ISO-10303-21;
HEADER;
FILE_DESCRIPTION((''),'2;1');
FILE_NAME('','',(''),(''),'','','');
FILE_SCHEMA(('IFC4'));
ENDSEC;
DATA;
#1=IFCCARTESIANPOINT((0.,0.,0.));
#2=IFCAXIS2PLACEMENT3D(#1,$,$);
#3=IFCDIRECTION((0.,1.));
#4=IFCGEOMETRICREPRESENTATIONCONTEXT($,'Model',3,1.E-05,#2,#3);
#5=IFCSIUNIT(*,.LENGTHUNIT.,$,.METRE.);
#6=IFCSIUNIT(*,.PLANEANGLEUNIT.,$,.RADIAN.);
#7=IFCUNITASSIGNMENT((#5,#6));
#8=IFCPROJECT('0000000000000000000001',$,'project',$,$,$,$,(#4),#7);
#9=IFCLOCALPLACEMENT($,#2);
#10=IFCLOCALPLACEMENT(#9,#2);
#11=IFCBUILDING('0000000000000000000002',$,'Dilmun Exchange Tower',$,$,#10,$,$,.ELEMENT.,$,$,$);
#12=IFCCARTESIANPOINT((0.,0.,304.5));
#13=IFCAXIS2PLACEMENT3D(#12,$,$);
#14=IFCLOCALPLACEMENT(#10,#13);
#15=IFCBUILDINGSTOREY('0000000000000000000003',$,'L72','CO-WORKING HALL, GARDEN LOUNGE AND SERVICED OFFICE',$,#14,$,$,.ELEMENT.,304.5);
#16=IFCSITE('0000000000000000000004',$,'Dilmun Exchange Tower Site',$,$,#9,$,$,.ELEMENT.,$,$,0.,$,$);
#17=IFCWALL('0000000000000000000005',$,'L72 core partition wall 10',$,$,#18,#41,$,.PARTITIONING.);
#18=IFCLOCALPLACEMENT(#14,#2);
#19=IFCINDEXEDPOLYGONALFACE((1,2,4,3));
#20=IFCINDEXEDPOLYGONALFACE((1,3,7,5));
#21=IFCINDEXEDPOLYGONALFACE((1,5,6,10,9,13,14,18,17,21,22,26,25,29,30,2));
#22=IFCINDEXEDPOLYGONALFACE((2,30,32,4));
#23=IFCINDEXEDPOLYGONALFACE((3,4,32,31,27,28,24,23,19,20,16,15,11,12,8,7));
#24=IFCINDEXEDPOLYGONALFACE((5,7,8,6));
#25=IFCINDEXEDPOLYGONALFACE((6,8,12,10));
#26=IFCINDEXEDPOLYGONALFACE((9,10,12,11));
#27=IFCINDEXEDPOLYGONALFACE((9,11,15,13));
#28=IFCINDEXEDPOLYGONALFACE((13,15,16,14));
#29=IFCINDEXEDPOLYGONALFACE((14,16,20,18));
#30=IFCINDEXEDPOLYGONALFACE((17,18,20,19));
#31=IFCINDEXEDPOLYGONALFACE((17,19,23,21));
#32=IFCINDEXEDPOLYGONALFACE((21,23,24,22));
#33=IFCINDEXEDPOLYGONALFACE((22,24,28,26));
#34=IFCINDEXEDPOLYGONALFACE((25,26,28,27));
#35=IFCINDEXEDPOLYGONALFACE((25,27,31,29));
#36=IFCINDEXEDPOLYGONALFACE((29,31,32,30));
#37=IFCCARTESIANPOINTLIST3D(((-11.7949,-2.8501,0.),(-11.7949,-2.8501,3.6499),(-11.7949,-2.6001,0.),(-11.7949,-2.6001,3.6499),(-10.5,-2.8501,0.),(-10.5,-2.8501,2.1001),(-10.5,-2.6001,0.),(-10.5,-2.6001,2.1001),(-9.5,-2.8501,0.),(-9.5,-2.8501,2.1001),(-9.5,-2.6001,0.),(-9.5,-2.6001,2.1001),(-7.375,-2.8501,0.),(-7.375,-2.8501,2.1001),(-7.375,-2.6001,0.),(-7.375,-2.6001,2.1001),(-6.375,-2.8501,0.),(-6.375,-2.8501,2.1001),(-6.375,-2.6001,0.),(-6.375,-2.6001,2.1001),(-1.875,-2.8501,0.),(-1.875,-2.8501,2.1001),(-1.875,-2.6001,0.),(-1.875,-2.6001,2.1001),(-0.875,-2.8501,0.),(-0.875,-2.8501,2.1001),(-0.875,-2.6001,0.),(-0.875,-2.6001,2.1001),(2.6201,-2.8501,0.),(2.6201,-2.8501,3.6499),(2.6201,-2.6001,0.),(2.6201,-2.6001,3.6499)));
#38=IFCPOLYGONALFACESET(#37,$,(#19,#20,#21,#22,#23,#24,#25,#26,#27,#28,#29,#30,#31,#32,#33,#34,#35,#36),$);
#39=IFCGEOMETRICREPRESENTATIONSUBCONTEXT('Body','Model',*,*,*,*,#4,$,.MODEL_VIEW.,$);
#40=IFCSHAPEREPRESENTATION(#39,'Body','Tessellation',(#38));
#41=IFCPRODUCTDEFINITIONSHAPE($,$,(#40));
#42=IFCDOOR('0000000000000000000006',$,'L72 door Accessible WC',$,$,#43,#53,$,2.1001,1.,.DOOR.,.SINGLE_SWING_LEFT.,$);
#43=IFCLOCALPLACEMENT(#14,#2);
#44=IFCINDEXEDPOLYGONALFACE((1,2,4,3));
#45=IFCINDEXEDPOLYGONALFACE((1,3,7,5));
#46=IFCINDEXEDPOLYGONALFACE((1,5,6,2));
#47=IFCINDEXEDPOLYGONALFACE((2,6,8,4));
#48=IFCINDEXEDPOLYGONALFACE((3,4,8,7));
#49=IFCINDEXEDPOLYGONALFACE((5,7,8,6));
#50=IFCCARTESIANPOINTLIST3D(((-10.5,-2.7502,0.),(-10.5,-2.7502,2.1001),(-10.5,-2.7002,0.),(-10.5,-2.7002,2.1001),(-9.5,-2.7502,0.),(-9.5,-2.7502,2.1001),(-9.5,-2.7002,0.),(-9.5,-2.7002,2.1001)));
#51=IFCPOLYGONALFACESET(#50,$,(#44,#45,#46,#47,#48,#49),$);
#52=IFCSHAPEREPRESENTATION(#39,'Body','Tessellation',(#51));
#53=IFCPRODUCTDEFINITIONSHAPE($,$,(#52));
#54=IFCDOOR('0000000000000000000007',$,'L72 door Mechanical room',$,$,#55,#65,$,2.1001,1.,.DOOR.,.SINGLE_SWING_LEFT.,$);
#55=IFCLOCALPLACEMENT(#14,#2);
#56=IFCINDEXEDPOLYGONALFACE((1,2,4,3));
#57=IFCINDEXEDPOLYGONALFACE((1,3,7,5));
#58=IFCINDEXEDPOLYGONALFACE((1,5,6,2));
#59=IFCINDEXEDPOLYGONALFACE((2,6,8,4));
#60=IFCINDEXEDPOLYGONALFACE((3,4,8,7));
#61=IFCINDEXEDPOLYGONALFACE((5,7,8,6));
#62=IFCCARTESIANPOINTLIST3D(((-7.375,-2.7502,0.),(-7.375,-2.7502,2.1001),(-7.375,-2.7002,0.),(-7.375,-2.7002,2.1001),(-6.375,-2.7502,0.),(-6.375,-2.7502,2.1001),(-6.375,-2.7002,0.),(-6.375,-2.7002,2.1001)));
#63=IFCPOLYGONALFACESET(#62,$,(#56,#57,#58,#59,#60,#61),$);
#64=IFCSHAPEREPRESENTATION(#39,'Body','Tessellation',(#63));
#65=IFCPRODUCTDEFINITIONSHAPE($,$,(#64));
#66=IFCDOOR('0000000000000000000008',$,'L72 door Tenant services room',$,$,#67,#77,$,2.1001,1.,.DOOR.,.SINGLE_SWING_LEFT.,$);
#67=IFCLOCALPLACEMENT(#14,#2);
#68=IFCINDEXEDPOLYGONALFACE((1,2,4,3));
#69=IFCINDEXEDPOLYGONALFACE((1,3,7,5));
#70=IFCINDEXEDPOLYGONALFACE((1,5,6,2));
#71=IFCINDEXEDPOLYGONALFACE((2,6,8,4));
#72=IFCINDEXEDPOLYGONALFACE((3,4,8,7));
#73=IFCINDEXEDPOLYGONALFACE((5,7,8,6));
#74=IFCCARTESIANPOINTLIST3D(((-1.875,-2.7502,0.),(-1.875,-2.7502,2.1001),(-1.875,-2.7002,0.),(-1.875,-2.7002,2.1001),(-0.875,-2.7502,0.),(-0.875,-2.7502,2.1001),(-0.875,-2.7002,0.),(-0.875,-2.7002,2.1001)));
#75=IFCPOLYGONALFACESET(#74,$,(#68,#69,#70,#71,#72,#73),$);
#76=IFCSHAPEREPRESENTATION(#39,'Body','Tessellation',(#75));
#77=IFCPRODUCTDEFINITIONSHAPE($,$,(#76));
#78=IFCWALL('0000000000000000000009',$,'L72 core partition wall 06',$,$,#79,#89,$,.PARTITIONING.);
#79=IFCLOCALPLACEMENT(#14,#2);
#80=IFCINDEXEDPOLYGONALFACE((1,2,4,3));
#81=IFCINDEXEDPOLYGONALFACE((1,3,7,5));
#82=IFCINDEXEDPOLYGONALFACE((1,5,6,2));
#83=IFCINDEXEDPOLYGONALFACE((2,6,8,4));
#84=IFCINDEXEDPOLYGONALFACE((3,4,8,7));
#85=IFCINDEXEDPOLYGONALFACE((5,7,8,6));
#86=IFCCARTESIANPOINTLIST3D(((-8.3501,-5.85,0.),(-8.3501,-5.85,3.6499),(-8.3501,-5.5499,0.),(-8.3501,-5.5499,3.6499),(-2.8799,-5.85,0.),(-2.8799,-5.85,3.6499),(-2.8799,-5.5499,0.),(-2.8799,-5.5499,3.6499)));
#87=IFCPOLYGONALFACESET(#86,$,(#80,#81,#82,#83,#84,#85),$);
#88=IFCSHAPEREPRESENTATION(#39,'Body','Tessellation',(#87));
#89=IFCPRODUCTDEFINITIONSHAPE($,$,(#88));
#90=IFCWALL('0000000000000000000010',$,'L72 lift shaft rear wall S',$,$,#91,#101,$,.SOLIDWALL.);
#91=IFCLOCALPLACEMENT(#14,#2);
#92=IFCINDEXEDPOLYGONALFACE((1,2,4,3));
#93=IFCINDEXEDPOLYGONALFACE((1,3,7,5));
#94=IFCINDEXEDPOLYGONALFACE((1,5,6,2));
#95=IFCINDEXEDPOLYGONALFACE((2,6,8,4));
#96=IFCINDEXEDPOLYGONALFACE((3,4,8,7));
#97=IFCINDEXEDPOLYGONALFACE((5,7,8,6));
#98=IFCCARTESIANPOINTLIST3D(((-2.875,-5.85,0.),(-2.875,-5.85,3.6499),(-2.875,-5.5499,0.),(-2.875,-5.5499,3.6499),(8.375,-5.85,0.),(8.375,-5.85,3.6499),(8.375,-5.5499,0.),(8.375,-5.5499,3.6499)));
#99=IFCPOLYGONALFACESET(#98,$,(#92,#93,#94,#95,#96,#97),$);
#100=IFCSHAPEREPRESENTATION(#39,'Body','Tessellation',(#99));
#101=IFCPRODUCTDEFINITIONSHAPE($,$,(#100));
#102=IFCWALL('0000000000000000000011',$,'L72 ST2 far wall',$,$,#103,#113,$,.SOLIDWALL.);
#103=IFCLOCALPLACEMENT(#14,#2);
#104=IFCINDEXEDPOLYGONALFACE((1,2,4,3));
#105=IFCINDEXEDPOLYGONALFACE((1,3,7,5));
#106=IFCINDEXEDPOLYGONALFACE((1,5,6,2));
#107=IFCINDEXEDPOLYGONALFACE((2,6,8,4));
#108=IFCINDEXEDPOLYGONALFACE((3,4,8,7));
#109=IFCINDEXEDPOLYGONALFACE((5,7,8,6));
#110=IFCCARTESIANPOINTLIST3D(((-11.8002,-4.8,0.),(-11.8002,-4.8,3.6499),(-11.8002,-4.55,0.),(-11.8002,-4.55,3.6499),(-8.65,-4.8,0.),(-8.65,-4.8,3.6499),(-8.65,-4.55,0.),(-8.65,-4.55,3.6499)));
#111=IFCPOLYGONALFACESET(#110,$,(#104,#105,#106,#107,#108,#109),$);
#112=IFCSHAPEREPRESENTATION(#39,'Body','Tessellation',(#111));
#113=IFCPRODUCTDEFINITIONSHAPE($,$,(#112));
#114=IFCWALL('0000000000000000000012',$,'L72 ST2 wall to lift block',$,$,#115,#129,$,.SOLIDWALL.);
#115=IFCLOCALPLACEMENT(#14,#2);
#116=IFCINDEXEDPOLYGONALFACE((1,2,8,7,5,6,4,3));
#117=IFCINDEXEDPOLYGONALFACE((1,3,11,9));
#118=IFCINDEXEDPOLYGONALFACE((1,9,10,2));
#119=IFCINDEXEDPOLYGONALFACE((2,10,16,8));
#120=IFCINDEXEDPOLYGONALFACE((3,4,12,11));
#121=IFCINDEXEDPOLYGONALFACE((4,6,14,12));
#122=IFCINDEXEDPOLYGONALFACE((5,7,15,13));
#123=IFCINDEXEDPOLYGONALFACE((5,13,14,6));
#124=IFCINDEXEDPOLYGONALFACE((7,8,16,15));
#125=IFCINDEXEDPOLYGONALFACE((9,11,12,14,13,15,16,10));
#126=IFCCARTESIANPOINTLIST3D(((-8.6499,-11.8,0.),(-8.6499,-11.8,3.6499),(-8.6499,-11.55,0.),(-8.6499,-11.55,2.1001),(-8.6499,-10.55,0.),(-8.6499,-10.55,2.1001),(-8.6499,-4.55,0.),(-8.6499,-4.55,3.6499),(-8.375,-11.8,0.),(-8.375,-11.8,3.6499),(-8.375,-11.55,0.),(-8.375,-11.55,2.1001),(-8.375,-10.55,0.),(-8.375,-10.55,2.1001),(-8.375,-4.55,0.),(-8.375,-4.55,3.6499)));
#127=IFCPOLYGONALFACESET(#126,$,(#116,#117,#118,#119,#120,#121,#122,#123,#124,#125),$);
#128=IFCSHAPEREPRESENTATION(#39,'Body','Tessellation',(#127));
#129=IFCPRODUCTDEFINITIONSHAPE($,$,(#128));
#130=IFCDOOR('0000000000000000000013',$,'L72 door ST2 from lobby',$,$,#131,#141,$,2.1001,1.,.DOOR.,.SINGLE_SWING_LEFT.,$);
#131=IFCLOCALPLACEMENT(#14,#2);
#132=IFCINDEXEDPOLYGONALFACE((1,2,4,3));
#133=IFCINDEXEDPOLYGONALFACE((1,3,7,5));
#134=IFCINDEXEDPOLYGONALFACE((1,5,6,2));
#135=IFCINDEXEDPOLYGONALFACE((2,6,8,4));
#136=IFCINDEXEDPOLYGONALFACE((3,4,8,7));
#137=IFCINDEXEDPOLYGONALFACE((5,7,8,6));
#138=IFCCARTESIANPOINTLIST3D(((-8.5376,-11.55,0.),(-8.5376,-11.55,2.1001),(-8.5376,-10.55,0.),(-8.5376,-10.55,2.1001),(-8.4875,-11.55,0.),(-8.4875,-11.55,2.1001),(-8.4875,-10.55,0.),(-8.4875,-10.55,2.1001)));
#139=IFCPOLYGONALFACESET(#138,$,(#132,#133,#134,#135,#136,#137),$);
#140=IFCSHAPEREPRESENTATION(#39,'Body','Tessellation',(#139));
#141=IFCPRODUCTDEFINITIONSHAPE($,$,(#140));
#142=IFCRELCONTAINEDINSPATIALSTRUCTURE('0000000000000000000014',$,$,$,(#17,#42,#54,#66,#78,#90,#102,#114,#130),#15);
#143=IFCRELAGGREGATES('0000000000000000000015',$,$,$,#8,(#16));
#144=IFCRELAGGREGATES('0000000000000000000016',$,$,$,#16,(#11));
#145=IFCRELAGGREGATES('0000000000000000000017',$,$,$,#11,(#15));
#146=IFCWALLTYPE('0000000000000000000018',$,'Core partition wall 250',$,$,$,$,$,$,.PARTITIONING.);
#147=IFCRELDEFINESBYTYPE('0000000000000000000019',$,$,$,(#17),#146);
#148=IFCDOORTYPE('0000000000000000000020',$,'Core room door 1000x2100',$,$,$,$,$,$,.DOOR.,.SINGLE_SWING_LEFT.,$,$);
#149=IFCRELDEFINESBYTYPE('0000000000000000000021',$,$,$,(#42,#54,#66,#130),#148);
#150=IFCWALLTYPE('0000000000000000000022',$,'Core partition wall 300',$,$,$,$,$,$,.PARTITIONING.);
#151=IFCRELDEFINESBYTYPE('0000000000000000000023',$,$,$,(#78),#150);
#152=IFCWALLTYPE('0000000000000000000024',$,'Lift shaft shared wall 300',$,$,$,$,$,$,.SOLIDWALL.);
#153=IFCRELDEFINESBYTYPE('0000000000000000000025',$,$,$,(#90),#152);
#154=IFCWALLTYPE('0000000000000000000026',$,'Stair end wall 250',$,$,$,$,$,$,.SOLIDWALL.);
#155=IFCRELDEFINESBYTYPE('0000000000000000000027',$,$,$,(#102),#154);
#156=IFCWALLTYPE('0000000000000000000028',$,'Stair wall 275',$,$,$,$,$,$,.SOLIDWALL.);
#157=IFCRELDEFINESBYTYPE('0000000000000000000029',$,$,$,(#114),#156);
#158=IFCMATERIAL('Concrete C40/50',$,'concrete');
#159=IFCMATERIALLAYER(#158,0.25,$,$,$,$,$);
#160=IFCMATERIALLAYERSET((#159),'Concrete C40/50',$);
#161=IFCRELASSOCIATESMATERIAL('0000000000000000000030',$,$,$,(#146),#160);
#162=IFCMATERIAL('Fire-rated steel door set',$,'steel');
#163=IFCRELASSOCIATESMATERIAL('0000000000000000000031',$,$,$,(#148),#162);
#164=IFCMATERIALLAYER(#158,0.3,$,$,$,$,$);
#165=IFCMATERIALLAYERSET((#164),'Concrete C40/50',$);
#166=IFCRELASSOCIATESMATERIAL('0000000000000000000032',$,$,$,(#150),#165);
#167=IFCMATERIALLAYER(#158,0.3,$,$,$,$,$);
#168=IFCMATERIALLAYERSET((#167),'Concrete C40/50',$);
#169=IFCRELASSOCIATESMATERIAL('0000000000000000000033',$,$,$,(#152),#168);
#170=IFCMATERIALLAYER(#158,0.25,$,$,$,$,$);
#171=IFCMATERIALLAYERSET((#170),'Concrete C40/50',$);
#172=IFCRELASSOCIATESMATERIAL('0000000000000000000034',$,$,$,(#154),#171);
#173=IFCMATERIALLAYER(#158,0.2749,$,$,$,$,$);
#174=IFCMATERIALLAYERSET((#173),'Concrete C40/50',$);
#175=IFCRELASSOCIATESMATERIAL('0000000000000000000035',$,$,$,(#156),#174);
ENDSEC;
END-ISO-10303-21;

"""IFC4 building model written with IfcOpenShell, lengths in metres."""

from ifc_helpers import new_model, si_unit, direction, frame, frame_2d, origin, place, context, subcontext, project, spatial, rectangle, extrude, material, layer, layer_set, type_object, element, fill, save


model = new_model("IFC4")

# Units and contexts
model_context = context("Model", 3, precision=1e-05, world=origin(), true_north=direction((0.0, 1.0)))
body_context = subcontext(model_context, "Body", "Model", "MODEL_VIEW")
ifc_project = project(units=[si_unit("LENGTHUNIT", "METRE"), si_unit("PLANEANGLEUNIT", "RADIAN")], contexts=[model_context])

# Site, building, storey
site_placement = place(None, origin())
site = spatial("IfcSite", under=ifc_project, at=site_placement, Name="Dilmun Exchange Tower Site", CompositionType="ELEMENT", RefElevation=0.0)
building_placement = place(site_placement, origin())
building = spatial("IfcBuilding", under=site, at=building_placement, Name="Dilmun Exchange Tower", CompositionType="ELEMENT")
storey_placement = place(building_placement, frame((0.0, 0.0, 304.5)))
storey = spatial("IfcBuildingStorey", under=building, at=storey_placement, Name="L72", Description="CO-WORKING HALL, GARDEN LOUNGE AND SERVICED OFFICE", CompositionType="ELEMENT", Elevation=304.5)

# Shared definitions
ifc_material_1 = material(Name="Concrete C40/50", Category="concrete")

# Shared definitions
ifc_layer_1 = layer(ifc_material_1, 0.25)
ifc_layer_set_1 = layer_set([ifc_layer_1], Name="Concrete C40/50")
wall_type_1 = type_object("IfcWallType", Name="Core partition wall 250", PredefinedType="PARTITIONING", material=ifc_layer_set_1)

# Wall, openings, doors
wall_1_placement = place(storey_placement, frame((-11.7949, -2.7251, 0.0), z_axis=(0.0, 0.0, 1.0), x_axis=(1.0, 0.0, 0.0)))
wall_1 = element("IfcWall", 1, at=wall_1_placement, inside=storey, type_object=wall_type_1, Name="L72 core partition wall 10", PredefinedType="PARTITIONING", context=body_context, shape_type="SweptSolid", body=[
    extrude(rectangle(XDim=14.415, YDim=0.25, at=frame_2d((7.2075, 0.0))), origin(), (0.0, 0.0, 1.0), 3.6499),
])
opening_1_placement = place(wall_1_placement, frame((1.2949, 0.0, 0.0)))
opening_1 = element("IfcOpeningElement", 2, at=opening_1_placement, cuts=wall_1, PredefinedType="OPENING", context=body_context, shape_type="SweptSolid", body=[
    extrude(rectangle(XDim=1.0, YDim=2.1001, at=frame_2d((0.5, 1.05))), frame((0.0, 0.135, 0.0), z_axis=(0.0, -1.0, 0.0), x_axis=(1.0, 0.0, 0.0)), (0.0, 0.0, 1.0), 0.27),
])
opening_2_placement = place(wall_1_placement, frame((4.4199, 0.0, 0.0)))
opening_2 = element("IfcOpeningElement", 3, at=opening_2_placement, cuts=wall_1, PredefinedType="OPENING", context=body_context, shape_type="SweptSolid", body=[
    extrude(rectangle(XDim=1.0, YDim=2.1001, at=frame_2d((0.5, 1.05))), frame((0.0, 0.135, 0.0), z_axis=(0.0, -1.0, 0.0), x_axis=(1.0, 0.0, 0.0)), (0.0, 0.0, 1.0), 0.27),
])
opening_3_placement = place(wall_1_placement, frame((9.9199, 0.0, 0.0)))
opening_3 = element("IfcOpeningElement", 4, at=opening_3_placement, cuts=wall_1, PredefinedType="OPENING", context=body_context, shape_type="SweptSolid", body=[
    extrude(rectangle(XDim=1.0, YDim=2.1001, at=frame_2d((0.5, 1.05))), frame((0.0, 0.135, 0.0), z_axis=(0.0, -1.0, 0.0), x_axis=(1.0, 0.0, 0.0)), (0.0, 0.0, 1.0), 0.27),
])
ifc_material_2 = material(Name="Fire-rated steel door set", Category="steel")
door_type = type_object("IfcDoorType", Name="Core room door 1000x2100", OperationType="SINGLE_SWING_LEFT", PredefinedType="DOOR", material=ifc_material_2)
door_1_placement = place(opening_1_placement, origin())
door_1 = element("IfcDoor", 5, at=door_1_placement, inside=storey, type_object=door_type, Name="L72 door Accessible WC", OperationType="SINGLE_SWING_LEFT", OverallHeight=2.1001, OverallWidth=1.0, PredefinedType="DOOR", context=body_context, shape_type="SweptSolid", body=[
    extrude(rectangle(XDim=1.0, YDim=2.1001, at=frame_2d((0.5, 1.05))), frame((0.0, 0.0249, 0.0), z_axis=(0.0, -1.0, 0.0), x_axis=(1.0, 0.0, 0.0)), (0.0, 0.0, 1.0), 0.05),
])
fill(opening_1, door_1)
door_2_placement = place(opening_2_placement, origin())
door_2 = element("IfcDoor", 6, at=door_2_placement, inside=storey, type_object=door_type, Name="L72 door Mechanical room", OperationType="SINGLE_SWING_LEFT", OverallHeight=2.1001, OverallWidth=1.0, PredefinedType="DOOR", context=body_context, shape_type="SweptSolid", body=[
    extrude(rectangle(XDim=1.0, YDim=2.1001, at=frame_2d((0.5, 1.05))), frame((0.0, 0.0249, 0.0), z_axis=(0.0, -1.0, 0.0), x_axis=(1.0, 0.0, 0.0)), (0.0, 0.0, 1.0), 0.05),
])
fill(opening_2, door_2)
door_3_placement = place(opening_3_placement, origin())
door_3 = element("IfcDoor", 7, at=door_3_placement, inside=storey, type_object=door_type, Name="L72 door Tenant services room", OperationType="SINGLE_SWING_LEFT", OverallHeight=2.1001, OverallWidth=1.0, PredefinedType="DOOR", context=body_context, shape_type="SweptSolid", body=[
    extrude(rectangle(XDim=1.0, YDim=2.1001, at=frame_2d((0.5, 1.05))), frame((0.0, 0.0249, 0.0), z_axis=(0.0, -1.0, 0.0), x_axis=(1.0, 0.0, 0.0)), (0.0, 0.0, 1.0), 0.05),
])
fill(opening_3, door_3)

# Walls
ifc_layer_2 = layer(ifc_material_1, 0.3)
ifc_layer_set_2 = layer_set([ifc_layer_2], Name="Concrete C40/50")
wall_type_2 = type_object("IfcWallType", Name="Core partition wall 300", PredefinedType="PARTITIONING", material=ifc_layer_set_2)
wall_2_placement = place(storey_placement, frame((-8.3501, -5.7, 0.0), z_axis=(0.0, 0.0, 1.0), x_axis=(1.0, 0.0, 0.0)))
element("IfcWall", 8, at=wall_2_placement, inside=storey, type_object=wall_type_2, Name="L72 core partition wall 06", PredefinedType="PARTITIONING", context=body_context, shape_type="SweptSolid", body=[
    extrude(rectangle(XDim=5.4702, YDim=0.3, at=frame_2d((2.7351, 0.0))), origin(), (0.0, 0.0, 1.0), 3.6499),
])
ifc_layer_3 = layer(ifc_material_1, 0.3)
ifc_layer_set_3 = layer_set([ifc_layer_3], Name="Concrete C40/50")
wall_type_3 = type_object("IfcWallType", Name="Lift shaft shared wall 300", PredefinedType="SOLIDWALL", material=ifc_layer_set_3)
wall_3_placement = place(storey_placement, frame((-2.875, -5.7, 0.0), z_axis=(0.0, 0.0, 1.0), x_axis=(1.0, 0.0, 0.0)))
element("IfcWall", 9, at=wall_3_placement, inside=storey, type_object=wall_type_3, Name="L72 lift shaft rear wall S", PredefinedType="SOLIDWALL", context=body_context, shape_type="SweptSolid", body=[
    extrude(rectangle(XDim=11.25, YDim=0.3, at=frame_2d((5.625, 0.0))), origin(), (0.0, 0.0, 1.0), 3.6499),
])
ifc_layer_4 = layer(ifc_material_1, 0.25)
ifc_layer_set_4 = layer_set([ifc_layer_4], Name="Concrete C40/50")
wall_type_4 = type_object("IfcWallType", Name="Stair end wall 250", PredefinedType="SOLIDWALL", material=ifc_layer_set_4)
wall_4_placement = place(storey_placement, frame((-8.6499, -4.675, 0.0), z_axis=(0.0, 0.0, 1.0), x_axis=(-1.0, 0.0, 0.0)))
element("IfcWall", 10, at=wall_4_placement, inside=storey, type_object=wall_type_4, Name="L72 ST2 far wall", PredefinedType="SOLIDWALL", context=body_context, shape_type="SweptSolid", body=[
    extrude(rectangle(XDim=3.1501, YDim=0.25, at=frame_2d((1.5752, 0.0))), origin(), (0.0, 0.0, 1.0), 3.6499),
])

# Wall, opening, door
ifc_layer_5 = layer(ifc_material_1, 0.2749)
ifc_layer_set_5 = layer_set([ifc_layer_5], Name="Concrete C40/50")
wall_type_5 = type_object("IfcWallType", Name="Stair wall 275", PredefinedType="SOLIDWALL", material=ifc_layer_set_5)
wall_5_placement = place(storey_placement, frame((-8.5125, -4.55, 0.0), z_axis=(0.0, 0.0, 1.0), x_axis=(0.0, -1.0, 0.0)))
wall_5 = element("IfcWall", 11, at=wall_5_placement, inside=storey, type_object=wall_type_5, Name="L72 ST2 wall to lift block", PredefinedType="SOLIDWALL", context=body_context, shape_type="SweptSolid", body=[
    extrude(rectangle(XDim=7.25, YDim=0.2749, at=frame_2d((3.625, 0.0))), origin(), (0.0, 0.0, 1.0), 3.6499),
])
opening_4_placement = place(wall_5_placement, frame((6.0, 0.0, 0.0)))
opening_4 = element("IfcOpeningElement", 12, at=opening_4_placement, cuts=wall_5, PredefinedType="OPENING", context=body_context, shape_type="SweptSolid", body=[
    extrude(rectangle(XDim=1.0, YDim=2.1001, at=frame_2d((0.5, 1.05))), frame((0.0, 0.1475, 0.0), z_axis=(0.0, -1.0, 0.0), x_axis=(1.0, 0.0, 0.0)), (0.0, 0.0, 1.0), 0.2949),
])
door_4_placement = place(opening_4_placement, origin())
door_4 = element("IfcDoor", 13, at=door_4_placement, inside=storey, type_object=door_type, Name="L72 door ST2 from lobby", OperationType="SINGLE_SWING_LEFT", OverallHeight=2.1001, OverallWidth=1.0, PredefinedType="DOOR", context=body_context, shape_type="SweptSolid", body=[
    extrude(rectangle(XDim=1.0, YDim=2.1001, at=frame_2d((0.5, 1.05))), frame((0.0, 0.0249, 0.0), z_axis=(0.0, -1.0, 0.0), x_axis=(1.0, 0.0, 0.0)), (0.0, 0.0, 1.0), 0.05),
])
fill(opening_4, door_4)

save(model, "model.ifc")
